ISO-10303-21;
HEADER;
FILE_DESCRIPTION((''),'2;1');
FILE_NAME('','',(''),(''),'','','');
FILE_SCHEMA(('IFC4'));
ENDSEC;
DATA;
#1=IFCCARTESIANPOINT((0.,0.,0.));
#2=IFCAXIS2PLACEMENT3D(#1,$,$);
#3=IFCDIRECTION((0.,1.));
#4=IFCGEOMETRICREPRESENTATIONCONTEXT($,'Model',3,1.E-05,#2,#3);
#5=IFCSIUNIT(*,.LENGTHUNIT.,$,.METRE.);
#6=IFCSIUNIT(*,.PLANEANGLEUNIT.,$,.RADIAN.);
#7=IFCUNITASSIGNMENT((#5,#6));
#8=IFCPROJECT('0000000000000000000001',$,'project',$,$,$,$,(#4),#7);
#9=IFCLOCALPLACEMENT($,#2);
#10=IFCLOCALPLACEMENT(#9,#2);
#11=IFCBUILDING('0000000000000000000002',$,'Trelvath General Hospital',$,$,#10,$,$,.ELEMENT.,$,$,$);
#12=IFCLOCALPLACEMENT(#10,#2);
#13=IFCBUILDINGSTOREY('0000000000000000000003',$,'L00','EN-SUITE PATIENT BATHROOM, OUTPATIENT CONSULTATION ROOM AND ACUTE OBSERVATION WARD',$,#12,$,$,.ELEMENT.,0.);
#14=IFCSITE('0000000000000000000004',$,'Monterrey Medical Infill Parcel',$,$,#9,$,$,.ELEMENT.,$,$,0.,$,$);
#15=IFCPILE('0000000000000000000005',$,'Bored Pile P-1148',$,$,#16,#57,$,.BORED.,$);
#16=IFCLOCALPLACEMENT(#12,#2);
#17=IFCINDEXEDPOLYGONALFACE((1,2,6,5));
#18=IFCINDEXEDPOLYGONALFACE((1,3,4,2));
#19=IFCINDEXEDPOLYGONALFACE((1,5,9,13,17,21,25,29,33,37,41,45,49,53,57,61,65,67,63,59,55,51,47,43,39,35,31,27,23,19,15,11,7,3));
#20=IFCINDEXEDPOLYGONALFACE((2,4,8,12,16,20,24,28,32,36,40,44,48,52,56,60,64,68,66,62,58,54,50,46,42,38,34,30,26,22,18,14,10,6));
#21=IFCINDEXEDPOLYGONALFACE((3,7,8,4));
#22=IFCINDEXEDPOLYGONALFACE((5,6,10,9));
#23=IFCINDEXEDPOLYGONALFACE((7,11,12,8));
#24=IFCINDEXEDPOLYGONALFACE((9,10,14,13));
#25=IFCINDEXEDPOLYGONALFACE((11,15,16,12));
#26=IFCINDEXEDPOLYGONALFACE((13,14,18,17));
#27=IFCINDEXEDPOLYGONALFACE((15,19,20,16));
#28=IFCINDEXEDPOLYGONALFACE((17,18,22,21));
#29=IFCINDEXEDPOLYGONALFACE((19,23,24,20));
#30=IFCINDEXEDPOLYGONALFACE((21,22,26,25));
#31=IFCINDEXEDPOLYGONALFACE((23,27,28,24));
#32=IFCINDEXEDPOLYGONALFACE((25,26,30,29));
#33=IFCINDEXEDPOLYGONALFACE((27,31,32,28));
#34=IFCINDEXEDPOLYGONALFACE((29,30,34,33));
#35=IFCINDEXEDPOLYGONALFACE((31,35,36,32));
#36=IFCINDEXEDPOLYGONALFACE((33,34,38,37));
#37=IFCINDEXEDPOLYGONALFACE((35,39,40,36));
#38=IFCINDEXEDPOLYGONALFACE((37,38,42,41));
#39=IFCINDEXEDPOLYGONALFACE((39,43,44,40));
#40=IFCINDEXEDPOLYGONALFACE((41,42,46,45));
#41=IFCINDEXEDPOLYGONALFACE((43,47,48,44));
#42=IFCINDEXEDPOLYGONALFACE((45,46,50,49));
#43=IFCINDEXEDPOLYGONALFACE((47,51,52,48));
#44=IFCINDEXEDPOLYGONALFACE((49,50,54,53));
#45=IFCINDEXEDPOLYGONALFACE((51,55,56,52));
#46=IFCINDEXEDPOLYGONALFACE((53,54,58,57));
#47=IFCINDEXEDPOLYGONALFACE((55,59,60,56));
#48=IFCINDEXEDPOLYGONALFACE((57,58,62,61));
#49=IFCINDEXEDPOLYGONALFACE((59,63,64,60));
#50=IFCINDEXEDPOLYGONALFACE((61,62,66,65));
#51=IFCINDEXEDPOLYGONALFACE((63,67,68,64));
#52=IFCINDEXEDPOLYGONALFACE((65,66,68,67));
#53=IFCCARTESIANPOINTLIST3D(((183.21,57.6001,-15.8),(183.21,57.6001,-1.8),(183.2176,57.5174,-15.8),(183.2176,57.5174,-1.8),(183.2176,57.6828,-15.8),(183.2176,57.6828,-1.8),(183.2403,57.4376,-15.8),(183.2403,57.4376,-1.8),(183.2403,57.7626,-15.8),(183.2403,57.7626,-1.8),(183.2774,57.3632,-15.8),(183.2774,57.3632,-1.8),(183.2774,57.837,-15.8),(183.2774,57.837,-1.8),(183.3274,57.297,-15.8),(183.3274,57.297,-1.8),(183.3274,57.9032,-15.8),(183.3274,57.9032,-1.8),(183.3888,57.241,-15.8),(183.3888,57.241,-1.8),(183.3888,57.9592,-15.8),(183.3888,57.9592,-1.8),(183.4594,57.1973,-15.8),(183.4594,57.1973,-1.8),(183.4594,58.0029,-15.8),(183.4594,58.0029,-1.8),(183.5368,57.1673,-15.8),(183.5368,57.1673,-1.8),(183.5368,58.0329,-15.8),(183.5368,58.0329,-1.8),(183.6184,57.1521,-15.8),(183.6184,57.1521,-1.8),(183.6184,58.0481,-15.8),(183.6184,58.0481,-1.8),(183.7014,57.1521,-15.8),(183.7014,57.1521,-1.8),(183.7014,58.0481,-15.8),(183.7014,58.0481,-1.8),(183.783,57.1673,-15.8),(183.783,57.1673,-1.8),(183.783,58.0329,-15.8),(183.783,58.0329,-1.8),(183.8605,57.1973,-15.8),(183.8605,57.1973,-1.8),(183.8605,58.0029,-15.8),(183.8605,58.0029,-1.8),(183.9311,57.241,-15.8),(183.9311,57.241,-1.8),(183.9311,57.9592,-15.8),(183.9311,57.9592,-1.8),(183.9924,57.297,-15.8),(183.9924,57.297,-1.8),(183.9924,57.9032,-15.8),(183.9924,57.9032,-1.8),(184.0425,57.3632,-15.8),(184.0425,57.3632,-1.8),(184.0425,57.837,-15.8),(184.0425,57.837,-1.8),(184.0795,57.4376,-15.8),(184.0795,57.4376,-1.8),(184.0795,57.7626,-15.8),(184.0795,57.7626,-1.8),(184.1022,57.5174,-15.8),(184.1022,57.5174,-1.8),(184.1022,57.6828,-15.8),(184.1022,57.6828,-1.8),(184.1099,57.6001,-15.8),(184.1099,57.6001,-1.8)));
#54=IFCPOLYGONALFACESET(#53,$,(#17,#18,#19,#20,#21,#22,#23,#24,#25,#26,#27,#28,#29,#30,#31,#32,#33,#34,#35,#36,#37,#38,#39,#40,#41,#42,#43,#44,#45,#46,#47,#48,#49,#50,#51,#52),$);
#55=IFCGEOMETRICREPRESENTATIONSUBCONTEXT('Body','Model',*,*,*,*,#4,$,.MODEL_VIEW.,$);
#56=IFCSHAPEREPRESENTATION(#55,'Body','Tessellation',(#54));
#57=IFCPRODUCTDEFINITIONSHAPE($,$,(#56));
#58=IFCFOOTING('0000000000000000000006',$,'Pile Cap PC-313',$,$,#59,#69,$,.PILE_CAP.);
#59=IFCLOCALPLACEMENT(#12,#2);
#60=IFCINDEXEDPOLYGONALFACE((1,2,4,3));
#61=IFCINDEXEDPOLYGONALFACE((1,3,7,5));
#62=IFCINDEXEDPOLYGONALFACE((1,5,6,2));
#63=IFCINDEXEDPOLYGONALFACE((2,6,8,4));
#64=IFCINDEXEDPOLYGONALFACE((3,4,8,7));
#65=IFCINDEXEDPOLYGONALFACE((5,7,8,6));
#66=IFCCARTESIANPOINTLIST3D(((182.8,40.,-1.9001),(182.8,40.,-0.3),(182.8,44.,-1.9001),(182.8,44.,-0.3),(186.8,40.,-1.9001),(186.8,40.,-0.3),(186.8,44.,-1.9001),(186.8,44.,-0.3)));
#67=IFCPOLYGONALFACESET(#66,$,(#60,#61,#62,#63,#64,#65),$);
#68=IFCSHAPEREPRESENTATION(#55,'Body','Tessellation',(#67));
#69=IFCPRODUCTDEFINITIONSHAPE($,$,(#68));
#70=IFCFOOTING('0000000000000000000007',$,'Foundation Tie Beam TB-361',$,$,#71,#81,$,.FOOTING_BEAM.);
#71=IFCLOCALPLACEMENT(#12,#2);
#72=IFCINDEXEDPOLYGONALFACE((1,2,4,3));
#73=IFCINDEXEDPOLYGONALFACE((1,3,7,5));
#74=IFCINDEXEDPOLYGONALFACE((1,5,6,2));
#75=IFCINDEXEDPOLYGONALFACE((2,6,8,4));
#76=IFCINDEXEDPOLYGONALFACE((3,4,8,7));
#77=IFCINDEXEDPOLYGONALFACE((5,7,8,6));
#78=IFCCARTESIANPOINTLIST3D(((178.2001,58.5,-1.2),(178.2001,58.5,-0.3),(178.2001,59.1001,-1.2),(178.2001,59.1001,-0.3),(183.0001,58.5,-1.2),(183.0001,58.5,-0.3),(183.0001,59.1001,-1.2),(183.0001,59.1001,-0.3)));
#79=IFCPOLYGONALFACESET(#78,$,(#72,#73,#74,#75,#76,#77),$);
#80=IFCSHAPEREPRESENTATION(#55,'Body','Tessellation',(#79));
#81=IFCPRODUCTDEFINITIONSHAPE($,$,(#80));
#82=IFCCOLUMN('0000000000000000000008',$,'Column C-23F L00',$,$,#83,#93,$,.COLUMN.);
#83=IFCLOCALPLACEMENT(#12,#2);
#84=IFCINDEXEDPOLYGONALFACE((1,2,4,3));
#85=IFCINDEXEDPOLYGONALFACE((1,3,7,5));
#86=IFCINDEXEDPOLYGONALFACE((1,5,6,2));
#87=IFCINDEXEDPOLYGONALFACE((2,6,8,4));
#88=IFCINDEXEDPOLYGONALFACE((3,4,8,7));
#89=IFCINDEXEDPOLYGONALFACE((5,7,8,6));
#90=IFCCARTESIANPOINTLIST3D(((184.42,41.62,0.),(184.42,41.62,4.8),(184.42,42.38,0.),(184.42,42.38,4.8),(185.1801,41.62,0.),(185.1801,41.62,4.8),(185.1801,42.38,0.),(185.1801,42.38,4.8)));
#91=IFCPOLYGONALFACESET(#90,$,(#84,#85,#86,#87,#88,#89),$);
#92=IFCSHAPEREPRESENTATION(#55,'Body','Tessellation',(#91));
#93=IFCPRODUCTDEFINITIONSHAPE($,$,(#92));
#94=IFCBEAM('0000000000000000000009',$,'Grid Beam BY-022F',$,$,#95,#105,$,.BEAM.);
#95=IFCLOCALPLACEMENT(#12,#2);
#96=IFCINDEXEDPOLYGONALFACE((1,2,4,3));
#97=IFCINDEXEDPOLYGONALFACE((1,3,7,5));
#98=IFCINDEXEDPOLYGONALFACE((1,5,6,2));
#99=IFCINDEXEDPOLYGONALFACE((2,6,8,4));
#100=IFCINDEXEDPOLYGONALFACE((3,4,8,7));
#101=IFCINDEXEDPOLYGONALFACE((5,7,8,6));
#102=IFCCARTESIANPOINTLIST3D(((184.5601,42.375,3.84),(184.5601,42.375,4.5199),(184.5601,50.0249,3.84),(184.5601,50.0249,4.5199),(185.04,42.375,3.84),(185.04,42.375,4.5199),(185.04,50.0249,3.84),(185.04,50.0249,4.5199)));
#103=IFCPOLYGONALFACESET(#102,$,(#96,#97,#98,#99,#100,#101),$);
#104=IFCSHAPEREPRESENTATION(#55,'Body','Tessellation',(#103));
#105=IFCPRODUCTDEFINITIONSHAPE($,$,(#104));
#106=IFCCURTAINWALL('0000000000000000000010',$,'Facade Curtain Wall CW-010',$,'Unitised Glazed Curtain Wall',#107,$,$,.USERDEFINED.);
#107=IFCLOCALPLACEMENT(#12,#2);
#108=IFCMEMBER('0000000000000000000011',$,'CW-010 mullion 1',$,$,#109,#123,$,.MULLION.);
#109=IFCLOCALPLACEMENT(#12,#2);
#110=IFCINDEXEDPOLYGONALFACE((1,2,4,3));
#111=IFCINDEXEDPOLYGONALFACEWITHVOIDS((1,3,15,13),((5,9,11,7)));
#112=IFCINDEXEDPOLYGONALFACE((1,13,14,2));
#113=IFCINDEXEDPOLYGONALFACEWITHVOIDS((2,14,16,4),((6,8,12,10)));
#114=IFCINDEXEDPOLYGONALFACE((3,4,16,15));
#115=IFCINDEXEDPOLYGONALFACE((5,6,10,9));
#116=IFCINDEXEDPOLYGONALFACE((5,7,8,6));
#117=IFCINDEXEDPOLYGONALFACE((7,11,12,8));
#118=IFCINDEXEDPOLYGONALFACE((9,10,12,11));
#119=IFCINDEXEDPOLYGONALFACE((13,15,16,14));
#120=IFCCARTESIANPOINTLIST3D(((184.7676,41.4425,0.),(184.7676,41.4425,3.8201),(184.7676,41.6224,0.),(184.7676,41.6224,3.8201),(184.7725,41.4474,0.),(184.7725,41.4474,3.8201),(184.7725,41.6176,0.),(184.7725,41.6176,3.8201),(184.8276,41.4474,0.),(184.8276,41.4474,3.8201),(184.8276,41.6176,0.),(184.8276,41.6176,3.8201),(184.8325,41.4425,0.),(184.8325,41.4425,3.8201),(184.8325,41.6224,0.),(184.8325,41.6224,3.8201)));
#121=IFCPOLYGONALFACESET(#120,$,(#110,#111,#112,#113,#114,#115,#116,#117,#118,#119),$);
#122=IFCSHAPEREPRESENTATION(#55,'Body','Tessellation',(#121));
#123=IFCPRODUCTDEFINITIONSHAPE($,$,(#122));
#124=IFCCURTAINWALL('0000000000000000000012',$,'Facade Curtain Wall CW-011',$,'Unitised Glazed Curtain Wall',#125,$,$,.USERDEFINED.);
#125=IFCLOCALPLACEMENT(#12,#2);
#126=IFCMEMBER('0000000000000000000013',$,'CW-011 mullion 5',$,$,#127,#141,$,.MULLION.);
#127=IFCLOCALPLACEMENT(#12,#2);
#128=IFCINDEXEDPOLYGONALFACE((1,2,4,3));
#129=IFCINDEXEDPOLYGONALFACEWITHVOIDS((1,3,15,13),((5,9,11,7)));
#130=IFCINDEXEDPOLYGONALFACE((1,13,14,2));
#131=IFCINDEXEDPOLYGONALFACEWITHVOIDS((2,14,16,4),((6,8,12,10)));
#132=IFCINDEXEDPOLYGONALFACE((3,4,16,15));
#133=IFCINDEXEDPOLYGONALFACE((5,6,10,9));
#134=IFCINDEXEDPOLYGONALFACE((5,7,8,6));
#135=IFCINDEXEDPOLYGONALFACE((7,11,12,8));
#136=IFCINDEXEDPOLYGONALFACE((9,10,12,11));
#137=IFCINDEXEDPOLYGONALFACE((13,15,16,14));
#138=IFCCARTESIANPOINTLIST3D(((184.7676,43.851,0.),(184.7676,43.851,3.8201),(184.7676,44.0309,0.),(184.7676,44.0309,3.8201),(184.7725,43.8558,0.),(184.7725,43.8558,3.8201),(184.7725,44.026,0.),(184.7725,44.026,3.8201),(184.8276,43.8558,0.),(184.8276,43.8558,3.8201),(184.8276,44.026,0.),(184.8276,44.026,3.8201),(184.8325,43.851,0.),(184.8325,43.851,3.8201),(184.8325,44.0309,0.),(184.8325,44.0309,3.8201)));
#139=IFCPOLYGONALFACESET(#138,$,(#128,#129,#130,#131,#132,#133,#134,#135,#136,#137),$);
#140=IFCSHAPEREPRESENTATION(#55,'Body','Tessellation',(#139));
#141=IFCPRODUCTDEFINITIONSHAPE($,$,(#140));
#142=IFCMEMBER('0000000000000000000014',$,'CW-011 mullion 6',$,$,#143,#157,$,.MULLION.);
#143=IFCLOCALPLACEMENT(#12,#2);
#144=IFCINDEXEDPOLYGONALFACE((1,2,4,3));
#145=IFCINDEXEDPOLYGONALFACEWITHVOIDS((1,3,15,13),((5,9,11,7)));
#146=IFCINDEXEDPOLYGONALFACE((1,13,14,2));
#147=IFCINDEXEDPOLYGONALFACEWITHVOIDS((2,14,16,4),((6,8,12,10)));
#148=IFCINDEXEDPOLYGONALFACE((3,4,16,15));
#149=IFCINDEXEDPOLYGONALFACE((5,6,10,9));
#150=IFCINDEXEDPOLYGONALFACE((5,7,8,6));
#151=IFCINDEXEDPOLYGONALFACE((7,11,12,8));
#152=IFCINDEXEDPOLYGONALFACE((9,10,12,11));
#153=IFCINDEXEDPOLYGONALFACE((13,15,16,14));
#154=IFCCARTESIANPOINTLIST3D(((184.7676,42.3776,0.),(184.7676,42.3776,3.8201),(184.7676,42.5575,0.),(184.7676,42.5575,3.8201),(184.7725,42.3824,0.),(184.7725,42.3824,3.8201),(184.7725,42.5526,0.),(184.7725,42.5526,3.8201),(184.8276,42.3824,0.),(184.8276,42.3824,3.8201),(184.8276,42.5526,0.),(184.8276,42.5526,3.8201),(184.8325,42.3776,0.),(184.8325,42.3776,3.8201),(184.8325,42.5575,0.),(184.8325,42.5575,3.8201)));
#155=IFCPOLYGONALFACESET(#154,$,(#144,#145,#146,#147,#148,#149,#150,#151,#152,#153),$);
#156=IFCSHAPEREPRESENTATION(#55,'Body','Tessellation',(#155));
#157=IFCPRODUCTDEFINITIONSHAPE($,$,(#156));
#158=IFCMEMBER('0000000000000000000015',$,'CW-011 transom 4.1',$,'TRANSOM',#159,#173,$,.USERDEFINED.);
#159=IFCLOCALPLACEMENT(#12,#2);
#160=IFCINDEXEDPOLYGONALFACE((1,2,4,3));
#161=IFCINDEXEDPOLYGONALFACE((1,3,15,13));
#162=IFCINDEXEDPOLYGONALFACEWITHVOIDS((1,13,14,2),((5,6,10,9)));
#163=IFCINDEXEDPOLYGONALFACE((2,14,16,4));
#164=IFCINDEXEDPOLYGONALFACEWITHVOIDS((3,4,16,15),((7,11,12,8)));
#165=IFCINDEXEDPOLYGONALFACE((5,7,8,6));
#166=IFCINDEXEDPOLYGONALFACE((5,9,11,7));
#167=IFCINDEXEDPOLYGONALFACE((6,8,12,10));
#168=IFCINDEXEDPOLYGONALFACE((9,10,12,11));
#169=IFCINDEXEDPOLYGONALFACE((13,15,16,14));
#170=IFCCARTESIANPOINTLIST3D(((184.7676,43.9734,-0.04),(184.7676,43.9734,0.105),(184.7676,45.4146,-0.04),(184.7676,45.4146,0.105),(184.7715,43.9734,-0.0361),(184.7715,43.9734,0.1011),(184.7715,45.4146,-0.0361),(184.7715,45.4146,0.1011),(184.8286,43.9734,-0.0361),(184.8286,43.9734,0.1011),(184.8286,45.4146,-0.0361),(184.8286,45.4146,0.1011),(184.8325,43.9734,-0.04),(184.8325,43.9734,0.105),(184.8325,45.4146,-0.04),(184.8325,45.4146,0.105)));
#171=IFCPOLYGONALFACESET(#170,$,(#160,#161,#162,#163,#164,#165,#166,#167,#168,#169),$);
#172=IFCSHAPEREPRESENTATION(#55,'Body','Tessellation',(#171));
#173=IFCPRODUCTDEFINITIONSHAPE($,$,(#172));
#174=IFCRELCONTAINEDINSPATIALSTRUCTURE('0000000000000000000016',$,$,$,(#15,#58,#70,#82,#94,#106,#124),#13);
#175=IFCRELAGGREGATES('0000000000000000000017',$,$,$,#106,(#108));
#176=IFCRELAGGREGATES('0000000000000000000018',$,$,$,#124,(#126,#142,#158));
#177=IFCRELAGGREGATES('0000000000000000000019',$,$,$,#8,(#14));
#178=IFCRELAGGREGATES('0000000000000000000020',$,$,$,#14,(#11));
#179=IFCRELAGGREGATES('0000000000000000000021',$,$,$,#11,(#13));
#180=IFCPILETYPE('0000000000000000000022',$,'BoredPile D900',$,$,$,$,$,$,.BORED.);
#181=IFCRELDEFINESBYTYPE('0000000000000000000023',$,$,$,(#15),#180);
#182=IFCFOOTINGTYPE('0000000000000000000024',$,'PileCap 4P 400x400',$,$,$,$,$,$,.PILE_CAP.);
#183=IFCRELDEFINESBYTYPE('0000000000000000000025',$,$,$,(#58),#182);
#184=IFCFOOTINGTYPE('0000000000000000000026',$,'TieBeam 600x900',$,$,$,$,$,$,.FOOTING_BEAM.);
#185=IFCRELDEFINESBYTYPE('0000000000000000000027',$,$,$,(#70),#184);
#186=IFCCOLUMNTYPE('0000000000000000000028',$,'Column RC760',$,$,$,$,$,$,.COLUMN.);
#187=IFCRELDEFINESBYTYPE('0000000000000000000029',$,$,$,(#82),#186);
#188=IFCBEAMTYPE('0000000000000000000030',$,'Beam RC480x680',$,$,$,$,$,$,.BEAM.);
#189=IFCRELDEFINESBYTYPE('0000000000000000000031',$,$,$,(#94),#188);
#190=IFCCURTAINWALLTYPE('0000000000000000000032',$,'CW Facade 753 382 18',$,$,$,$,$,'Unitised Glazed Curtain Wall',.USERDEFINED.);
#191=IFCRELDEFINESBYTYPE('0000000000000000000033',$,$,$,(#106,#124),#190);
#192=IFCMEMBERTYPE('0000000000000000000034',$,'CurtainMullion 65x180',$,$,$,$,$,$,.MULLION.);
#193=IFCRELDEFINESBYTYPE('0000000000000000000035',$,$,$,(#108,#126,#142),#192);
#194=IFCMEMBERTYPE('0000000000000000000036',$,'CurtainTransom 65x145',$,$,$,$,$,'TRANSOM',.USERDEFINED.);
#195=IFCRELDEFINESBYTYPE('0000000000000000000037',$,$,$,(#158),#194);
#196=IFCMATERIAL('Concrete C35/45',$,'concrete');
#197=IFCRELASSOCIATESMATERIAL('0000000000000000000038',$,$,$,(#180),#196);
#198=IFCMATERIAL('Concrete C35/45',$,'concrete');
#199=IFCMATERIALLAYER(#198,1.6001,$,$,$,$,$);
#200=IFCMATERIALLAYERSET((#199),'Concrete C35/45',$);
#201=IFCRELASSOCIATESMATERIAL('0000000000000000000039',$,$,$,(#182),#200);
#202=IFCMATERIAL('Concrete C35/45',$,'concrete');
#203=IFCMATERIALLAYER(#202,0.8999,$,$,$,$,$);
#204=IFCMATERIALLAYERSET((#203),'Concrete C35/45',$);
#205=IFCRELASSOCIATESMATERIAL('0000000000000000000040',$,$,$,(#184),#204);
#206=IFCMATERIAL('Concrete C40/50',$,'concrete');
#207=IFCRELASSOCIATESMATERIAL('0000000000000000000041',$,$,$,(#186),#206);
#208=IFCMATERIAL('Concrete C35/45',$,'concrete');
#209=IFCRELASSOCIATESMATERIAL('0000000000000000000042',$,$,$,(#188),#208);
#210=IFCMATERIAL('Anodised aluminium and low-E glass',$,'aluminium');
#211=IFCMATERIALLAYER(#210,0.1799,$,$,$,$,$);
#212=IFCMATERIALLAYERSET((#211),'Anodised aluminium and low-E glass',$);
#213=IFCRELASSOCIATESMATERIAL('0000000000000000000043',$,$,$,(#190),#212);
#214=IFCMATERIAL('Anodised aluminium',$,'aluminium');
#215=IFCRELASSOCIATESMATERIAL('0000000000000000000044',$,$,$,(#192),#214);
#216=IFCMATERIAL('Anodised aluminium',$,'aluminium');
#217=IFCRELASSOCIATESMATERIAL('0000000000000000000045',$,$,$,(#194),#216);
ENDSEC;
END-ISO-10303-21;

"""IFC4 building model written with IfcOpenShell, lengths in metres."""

from ifc_helpers import new_model, si_unit, direction, frame, origin, origin_2d, place, context, subcontext, project, spatial, rectangle, hollow_rectangle, circle, extrude, material, layer, layer_set, material_profile, profile_set, type_object, element, aggregate, save


model = new_model("IFC4")

# Units and contexts
model_context = context("Model", 3, precision=1e-05, world=origin(), true_north=direction((0.0, 1.0)))
body_context = subcontext(model_context, "Body", "Model", "MODEL_VIEW")
ifc_project = project(units=[si_unit("LENGTHUNIT", "METRE"), si_unit("PLANEANGLEUNIT", "RADIAN")], contexts=[model_context])

# Site, building, storey
site_placement = place(None, origin())
site = spatial("IfcSite", under=ifc_project, at=site_placement, Name="Monterrey Medical Infill Parcel", CompositionType="ELEMENT", RefElevation=0.0)
building_placement = place(site_placement, origin())
building = spatial("IfcBuilding", under=site, at=building_placement, Name="Trelvath General Hospital", CompositionType="ELEMENT")
storey_placement = place(building_placement, origin())
storey = spatial("IfcBuildingStorey", under=building, at=storey_placement, Name="L00", Description="EN-SUITE PATIENT BATHROOM, OUTPATIENT CONSULTATION ROOM AND ACUTE OBSERVATION WARD", CompositionType="ELEMENT", Elevation=0.0)

# Pile
ifc_material_1 = material(Name="Concrete C35/45", Category="concrete")
ifc_material_profile_1 = material_profile(ifc_material_1, circle(Radius=0.45, at=origin_2d()), Name="PILE900")
ifc_profile_set_1 = profile_set([ifc_material_profile_1], Name="Concrete C35/45")
pile_type_1 = type_object("IfcPileType", Name="BoredPile D900", PredefinedType="BORED", material=ifc_profile_set_1)
for number, where, z_axis, x_axis, name in (
    (1, (183.6599, 57.6001, -1.8), (0.0, 0.0, -1.0), (1.0, 0.0, 0.0), "Bored Pile P-1148"),
):
    element("IfcPile", number, at=place(storey_placement, frame(where, z_axis=z_axis, x_axis=x_axis)), inside=storey, type_object=pile_type_1, Name=name, PredefinedType="BORED", context=body_context, shape_type="SweptSolid", body=[
        extrude(circle(Radius=0.45, at=origin_2d()), origin(), (0.0, 0.0, 1.0), 14.0),
    ])

# Footings
ifc_material_2 = material(Name="Concrete C35/45", Category="concrete")
ifc_layer_1 = layer(ifc_material_2, 1.6001)
ifc_layer_set_1 = layer_set([ifc_layer_1], Name="Concrete C35/45")
footing_type_1 = type_object("IfcFootingType", Name="PileCap 4P 400x400", PredefinedType="PILE_CAP", material=ifc_layer_set_1)
footing_1_placement = place(storey_placement, frame((184.8, 42.0, -1.9001), z_axis=(0.0, 0.0, 1.0), x_axis=(1.0, 0.0, 0.0)))
element("IfcFooting", 2, at=footing_1_placement, inside=storey, type_object=footing_type_1, Name="Pile Cap PC-313", PredefinedType="PILE_CAP", context=body_context, shape_type="SweptSolid", body=[
    extrude(rectangle(XDim=4.0, YDim=4.0, at=origin_2d()), origin(), (0.0, 0.0, 1.0), 1.6001),
])
ifc_material_3 = material(Name="Concrete C35/45", Category="concrete")
ifc_layer_2 = layer(ifc_material_3, 0.8999)
ifc_layer_set_2 = layer_set([ifc_layer_2], Name="Concrete C35/45")
footing_type_2 = type_object("IfcFootingType", Name="TieBeam 600x900", PredefinedType="FOOTING_BEAM", material=ifc_layer_set_2)
footing_2_placement = place(storey_placement, frame((180.6001, 58.8, -1.2), z_axis=(0.0, 0.0, 1.0), x_axis=(1.0, 0.0, 0.0)))
element("IfcFooting", 3, at=footing_2_placement, inside=storey, type_object=footing_type_2, Name="Foundation Tie Beam TB-361", PredefinedType="FOOTING_BEAM", context=body_context, shape_type="SweptSolid", body=[
    extrude(rectangle(XDim=4.8, YDim=0.6001, at=origin_2d()), origin(), (0.0, 0.0, 1.0), 0.8999),
])

# Column
ifc_material_4 = material(Name="Concrete C40/50", Category="concrete")
ifc_material_profile_2 = material_profile(ifc_material_4, rectangle(XDim=0.76, YDim=0.76, at=origin_2d()), Name="RC760x760")
ifc_profile_set_2 = profile_set([ifc_material_profile_2], Name="Concrete C40/50")
column_type = type_object("IfcColumnType", Name="Column RC760", PredefinedType="COLUMN", material=ifc_profile_set_2)
column_placement = place(storey_placement, frame((184.8, 42.0, 0.0), z_axis=(0.0, 0.0, 1.0), x_axis=(1.0, 0.0, 0.0)))
element("IfcColumn", 4, at=column_placement, inside=storey, type_object=column_type, Name="Column C-23F L00", PredefinedType="COLUMN", context=body_context, shape_type="SweptSolid", body=[
    extrude(rectangle(XDim=0.76, YDim=0.76, at=origin_2d()), origin(), (0.0, 0.0, 1.0), 4.8),
])

# Beam
ifc_material_5 = material(Name="Concrete C35/45", Category="concrete")
ifc_material_profile_3 = material_profile(ifc_material_5, rectangle(XDim=0.48, YDim=0.6799, at=origin_2d()), Name="RCB480x680")
ifc_profile_set_3 = profile_set([ifc_material_profile_3], Name="Concrete C35/45")
beam_type = type_object("IfcBeamType", Name="Beam RC480x680", PredefinedType="BEAM", material=ifc_profile_set_3)
beam_placement = place(storey_placement, frame((184.8, 42.375, 4.1799), z_axis=(0.0, 1.0, 0.0), x_axis=(-1.0, 0.0, 0.0)))
element("IfcBeam", 5, at=beam_placement, inside=storey, type_object=beam_type, Name="Grid Beam BY-022F", PredefinedType="BEAM", context=body_context, shape_type="SweptSolid", body=[
    extrude(rectangle(XDim=0.48, YDim=0.6799, at=origin_2d()), origin(), (0.0, 0.0, 1.0), 7.6499),
])

# Curtain wall, member
ifc_material_6 = material(Name="Anodised aluminium and low-E glass", Category="aluminium")
ifc_layer_3 = layer(ifc_material_6, 0.1799)
ifc_layer_set_3 = layer_set([ifc_layer_3], Name="Anodised aluminium and low-E glass")
curtain_wall_type = type_object("IfcCurtainWallType", Name="CW Facade 753 382 18", ElementType="Unitised Glazed Curtain Wall", PredefinedType="USERDEFINED", material=ifc_layer_set_3)
curtain_wall_1_placement = place(storey_placement, origin())
curtain_wall_1 = element("IfcCurtainWall", 6, at=curtain_wall_1_placement, inside=storey, type_object=curtain_wall_type, Name="Facade Curtain Wall CW-010", ObjectType="Unitised Glazed Curtain Wall", PredefinedType="USERDEFINED")
ifc_material_7 = material(Name="Anodised aluminium", Category="aluminium")
ifc_material_profile_4 = material_profile(ifc_material_7, hollow_rectangle(XDim=0.0649, YDim=0.1799, WallThickness=0.0049, at=origin_2d()), Name="RHS65x180x5")
ifc_profile_set_4 = profile_set([ifc_material_profile_4], Name="Anodised aluminium")
member_type_1 = type_object("IfcMemberType", Name="CurtainMullion 65x180", PredefinedType="MULLION", material=ifc_profile_set_4)
member_1_placement = place(storey_placement, frame((184.8, 41.5325, 0.0), z_axis=(0.0, 0.0, 1.0), x_axis=(1.0, 0.0, 0.0)))
member_1 = element("IfcMember", 7, at=member_1_placement, type_object=member_type_1, Name="CW-010 mullion 1", PredefinedType="MULLION", context=body_context, shape_type="SweptSolid", body=[
    extrude(hollow_rectangle(XDim=0.0649, YDim=0.1799, WallThickness=0.0049, at=origin_2d()), origin(), (0.0, 0.0, 1.0), 3.8201),
])
aggregate(curtain_wall_1, [member_1])

# Curtain wall, members
curtain_wall_2_placement = place(storey_placement, origin())
curtain_wall_2 = element("IfcCurtainWall", 8, at=curtain_wall_2_placement, inside=storey, type_object=curtain_wall_type, Name="Facade Curtain Wall CW-011", ObjectType="Unitised Glazed Curtain Wall", PredefinedType="USERDEFINED")
member_2_placement = place(storey_placement, frame((184.8, 43.9409, 0.0), z_axis=(0.0, 0.0, 1.0), x_axis=(1.0, 0.0, 0.0)))
member_2 = element("IfcMember", 9, at=member_2_placement, type_object=member_type_1, Name="CW-011 mullion 5", PredefinedType="MULLION", context=body_context, shape_type="SweptSolid", body=[
    extrude(hollow_rectangle(XDim=0.0649, YDim=0.1799, WallThickness=0.0049, at=origin_2d()), origin(), (0.0, 0.0, 1.0), 3.8201),
])
member_3_placement = place(storey_placement, frame((184.8, 42.4675, 0.0), z_axis=(0.0, 0.0, 1.0), x_axis=(1.0, 0.0, 0.0)))
member_3 = element("IfcMember", 10, at=member_3_placement, type_object=member_type_1, Name="CW-011 mullion 6", PredefinedType="MULLION", context=body_context, shape_type="SweptSolid", body=[
    extrude(hollow_rectangle(XDim=0.0649, YDim=0.1799, WallThickness=0.0049, at=origin_2d()), origin(), (0.0, 0.0, 1.0), 3.8201),
])
ifc_material_8 = material(Name="Anodised aluminium", Category="aluminium")
ifc_material_profile_5 = material_profile(ifc_material_8, hollow_rectangle(XDim=0.0649, YDim=0.145, WallThickness=0.0039, at=origin_2d()), Name="RHS65x145x4")
ifc_profile_set_5 = profile_set([ifc_material_profile_5], Name="Anodised aluminium")
member_type_2 = type_object("IfcMemberType", Name="CurtainTransom 65x145", ElementType="TRANSOM", PredefinedType="USERDEFINED", material=ifc_profile_set_5)
member_4_placement = place(storey_placement, frame((184.8, 45.4146, 0.0325), z_axis=(0.0, -1.0, 0.0), x_axis=(1.0, 0.0, 0.0)))
member_4 = element("IfcMember", 11, at=member_4_placement, type_object=member_type_2, Name="CW-011 transom 4.1", ObjectType="TRANSOM", PredefinedType="USERDEFINED", context=body_context, shape_type="SweptSolid", body=[
    extrude(hollow_rectangle(XDim=0.0649, YDim=0.145, WallThickness=0.0039, at=origin_2d()), origin(), (0.0, 0.0, 1.0), 1.4412),
])
aggregate(curtain_wall_2, [member_2, member_3, member_4])

save(model, "model.ifc")
